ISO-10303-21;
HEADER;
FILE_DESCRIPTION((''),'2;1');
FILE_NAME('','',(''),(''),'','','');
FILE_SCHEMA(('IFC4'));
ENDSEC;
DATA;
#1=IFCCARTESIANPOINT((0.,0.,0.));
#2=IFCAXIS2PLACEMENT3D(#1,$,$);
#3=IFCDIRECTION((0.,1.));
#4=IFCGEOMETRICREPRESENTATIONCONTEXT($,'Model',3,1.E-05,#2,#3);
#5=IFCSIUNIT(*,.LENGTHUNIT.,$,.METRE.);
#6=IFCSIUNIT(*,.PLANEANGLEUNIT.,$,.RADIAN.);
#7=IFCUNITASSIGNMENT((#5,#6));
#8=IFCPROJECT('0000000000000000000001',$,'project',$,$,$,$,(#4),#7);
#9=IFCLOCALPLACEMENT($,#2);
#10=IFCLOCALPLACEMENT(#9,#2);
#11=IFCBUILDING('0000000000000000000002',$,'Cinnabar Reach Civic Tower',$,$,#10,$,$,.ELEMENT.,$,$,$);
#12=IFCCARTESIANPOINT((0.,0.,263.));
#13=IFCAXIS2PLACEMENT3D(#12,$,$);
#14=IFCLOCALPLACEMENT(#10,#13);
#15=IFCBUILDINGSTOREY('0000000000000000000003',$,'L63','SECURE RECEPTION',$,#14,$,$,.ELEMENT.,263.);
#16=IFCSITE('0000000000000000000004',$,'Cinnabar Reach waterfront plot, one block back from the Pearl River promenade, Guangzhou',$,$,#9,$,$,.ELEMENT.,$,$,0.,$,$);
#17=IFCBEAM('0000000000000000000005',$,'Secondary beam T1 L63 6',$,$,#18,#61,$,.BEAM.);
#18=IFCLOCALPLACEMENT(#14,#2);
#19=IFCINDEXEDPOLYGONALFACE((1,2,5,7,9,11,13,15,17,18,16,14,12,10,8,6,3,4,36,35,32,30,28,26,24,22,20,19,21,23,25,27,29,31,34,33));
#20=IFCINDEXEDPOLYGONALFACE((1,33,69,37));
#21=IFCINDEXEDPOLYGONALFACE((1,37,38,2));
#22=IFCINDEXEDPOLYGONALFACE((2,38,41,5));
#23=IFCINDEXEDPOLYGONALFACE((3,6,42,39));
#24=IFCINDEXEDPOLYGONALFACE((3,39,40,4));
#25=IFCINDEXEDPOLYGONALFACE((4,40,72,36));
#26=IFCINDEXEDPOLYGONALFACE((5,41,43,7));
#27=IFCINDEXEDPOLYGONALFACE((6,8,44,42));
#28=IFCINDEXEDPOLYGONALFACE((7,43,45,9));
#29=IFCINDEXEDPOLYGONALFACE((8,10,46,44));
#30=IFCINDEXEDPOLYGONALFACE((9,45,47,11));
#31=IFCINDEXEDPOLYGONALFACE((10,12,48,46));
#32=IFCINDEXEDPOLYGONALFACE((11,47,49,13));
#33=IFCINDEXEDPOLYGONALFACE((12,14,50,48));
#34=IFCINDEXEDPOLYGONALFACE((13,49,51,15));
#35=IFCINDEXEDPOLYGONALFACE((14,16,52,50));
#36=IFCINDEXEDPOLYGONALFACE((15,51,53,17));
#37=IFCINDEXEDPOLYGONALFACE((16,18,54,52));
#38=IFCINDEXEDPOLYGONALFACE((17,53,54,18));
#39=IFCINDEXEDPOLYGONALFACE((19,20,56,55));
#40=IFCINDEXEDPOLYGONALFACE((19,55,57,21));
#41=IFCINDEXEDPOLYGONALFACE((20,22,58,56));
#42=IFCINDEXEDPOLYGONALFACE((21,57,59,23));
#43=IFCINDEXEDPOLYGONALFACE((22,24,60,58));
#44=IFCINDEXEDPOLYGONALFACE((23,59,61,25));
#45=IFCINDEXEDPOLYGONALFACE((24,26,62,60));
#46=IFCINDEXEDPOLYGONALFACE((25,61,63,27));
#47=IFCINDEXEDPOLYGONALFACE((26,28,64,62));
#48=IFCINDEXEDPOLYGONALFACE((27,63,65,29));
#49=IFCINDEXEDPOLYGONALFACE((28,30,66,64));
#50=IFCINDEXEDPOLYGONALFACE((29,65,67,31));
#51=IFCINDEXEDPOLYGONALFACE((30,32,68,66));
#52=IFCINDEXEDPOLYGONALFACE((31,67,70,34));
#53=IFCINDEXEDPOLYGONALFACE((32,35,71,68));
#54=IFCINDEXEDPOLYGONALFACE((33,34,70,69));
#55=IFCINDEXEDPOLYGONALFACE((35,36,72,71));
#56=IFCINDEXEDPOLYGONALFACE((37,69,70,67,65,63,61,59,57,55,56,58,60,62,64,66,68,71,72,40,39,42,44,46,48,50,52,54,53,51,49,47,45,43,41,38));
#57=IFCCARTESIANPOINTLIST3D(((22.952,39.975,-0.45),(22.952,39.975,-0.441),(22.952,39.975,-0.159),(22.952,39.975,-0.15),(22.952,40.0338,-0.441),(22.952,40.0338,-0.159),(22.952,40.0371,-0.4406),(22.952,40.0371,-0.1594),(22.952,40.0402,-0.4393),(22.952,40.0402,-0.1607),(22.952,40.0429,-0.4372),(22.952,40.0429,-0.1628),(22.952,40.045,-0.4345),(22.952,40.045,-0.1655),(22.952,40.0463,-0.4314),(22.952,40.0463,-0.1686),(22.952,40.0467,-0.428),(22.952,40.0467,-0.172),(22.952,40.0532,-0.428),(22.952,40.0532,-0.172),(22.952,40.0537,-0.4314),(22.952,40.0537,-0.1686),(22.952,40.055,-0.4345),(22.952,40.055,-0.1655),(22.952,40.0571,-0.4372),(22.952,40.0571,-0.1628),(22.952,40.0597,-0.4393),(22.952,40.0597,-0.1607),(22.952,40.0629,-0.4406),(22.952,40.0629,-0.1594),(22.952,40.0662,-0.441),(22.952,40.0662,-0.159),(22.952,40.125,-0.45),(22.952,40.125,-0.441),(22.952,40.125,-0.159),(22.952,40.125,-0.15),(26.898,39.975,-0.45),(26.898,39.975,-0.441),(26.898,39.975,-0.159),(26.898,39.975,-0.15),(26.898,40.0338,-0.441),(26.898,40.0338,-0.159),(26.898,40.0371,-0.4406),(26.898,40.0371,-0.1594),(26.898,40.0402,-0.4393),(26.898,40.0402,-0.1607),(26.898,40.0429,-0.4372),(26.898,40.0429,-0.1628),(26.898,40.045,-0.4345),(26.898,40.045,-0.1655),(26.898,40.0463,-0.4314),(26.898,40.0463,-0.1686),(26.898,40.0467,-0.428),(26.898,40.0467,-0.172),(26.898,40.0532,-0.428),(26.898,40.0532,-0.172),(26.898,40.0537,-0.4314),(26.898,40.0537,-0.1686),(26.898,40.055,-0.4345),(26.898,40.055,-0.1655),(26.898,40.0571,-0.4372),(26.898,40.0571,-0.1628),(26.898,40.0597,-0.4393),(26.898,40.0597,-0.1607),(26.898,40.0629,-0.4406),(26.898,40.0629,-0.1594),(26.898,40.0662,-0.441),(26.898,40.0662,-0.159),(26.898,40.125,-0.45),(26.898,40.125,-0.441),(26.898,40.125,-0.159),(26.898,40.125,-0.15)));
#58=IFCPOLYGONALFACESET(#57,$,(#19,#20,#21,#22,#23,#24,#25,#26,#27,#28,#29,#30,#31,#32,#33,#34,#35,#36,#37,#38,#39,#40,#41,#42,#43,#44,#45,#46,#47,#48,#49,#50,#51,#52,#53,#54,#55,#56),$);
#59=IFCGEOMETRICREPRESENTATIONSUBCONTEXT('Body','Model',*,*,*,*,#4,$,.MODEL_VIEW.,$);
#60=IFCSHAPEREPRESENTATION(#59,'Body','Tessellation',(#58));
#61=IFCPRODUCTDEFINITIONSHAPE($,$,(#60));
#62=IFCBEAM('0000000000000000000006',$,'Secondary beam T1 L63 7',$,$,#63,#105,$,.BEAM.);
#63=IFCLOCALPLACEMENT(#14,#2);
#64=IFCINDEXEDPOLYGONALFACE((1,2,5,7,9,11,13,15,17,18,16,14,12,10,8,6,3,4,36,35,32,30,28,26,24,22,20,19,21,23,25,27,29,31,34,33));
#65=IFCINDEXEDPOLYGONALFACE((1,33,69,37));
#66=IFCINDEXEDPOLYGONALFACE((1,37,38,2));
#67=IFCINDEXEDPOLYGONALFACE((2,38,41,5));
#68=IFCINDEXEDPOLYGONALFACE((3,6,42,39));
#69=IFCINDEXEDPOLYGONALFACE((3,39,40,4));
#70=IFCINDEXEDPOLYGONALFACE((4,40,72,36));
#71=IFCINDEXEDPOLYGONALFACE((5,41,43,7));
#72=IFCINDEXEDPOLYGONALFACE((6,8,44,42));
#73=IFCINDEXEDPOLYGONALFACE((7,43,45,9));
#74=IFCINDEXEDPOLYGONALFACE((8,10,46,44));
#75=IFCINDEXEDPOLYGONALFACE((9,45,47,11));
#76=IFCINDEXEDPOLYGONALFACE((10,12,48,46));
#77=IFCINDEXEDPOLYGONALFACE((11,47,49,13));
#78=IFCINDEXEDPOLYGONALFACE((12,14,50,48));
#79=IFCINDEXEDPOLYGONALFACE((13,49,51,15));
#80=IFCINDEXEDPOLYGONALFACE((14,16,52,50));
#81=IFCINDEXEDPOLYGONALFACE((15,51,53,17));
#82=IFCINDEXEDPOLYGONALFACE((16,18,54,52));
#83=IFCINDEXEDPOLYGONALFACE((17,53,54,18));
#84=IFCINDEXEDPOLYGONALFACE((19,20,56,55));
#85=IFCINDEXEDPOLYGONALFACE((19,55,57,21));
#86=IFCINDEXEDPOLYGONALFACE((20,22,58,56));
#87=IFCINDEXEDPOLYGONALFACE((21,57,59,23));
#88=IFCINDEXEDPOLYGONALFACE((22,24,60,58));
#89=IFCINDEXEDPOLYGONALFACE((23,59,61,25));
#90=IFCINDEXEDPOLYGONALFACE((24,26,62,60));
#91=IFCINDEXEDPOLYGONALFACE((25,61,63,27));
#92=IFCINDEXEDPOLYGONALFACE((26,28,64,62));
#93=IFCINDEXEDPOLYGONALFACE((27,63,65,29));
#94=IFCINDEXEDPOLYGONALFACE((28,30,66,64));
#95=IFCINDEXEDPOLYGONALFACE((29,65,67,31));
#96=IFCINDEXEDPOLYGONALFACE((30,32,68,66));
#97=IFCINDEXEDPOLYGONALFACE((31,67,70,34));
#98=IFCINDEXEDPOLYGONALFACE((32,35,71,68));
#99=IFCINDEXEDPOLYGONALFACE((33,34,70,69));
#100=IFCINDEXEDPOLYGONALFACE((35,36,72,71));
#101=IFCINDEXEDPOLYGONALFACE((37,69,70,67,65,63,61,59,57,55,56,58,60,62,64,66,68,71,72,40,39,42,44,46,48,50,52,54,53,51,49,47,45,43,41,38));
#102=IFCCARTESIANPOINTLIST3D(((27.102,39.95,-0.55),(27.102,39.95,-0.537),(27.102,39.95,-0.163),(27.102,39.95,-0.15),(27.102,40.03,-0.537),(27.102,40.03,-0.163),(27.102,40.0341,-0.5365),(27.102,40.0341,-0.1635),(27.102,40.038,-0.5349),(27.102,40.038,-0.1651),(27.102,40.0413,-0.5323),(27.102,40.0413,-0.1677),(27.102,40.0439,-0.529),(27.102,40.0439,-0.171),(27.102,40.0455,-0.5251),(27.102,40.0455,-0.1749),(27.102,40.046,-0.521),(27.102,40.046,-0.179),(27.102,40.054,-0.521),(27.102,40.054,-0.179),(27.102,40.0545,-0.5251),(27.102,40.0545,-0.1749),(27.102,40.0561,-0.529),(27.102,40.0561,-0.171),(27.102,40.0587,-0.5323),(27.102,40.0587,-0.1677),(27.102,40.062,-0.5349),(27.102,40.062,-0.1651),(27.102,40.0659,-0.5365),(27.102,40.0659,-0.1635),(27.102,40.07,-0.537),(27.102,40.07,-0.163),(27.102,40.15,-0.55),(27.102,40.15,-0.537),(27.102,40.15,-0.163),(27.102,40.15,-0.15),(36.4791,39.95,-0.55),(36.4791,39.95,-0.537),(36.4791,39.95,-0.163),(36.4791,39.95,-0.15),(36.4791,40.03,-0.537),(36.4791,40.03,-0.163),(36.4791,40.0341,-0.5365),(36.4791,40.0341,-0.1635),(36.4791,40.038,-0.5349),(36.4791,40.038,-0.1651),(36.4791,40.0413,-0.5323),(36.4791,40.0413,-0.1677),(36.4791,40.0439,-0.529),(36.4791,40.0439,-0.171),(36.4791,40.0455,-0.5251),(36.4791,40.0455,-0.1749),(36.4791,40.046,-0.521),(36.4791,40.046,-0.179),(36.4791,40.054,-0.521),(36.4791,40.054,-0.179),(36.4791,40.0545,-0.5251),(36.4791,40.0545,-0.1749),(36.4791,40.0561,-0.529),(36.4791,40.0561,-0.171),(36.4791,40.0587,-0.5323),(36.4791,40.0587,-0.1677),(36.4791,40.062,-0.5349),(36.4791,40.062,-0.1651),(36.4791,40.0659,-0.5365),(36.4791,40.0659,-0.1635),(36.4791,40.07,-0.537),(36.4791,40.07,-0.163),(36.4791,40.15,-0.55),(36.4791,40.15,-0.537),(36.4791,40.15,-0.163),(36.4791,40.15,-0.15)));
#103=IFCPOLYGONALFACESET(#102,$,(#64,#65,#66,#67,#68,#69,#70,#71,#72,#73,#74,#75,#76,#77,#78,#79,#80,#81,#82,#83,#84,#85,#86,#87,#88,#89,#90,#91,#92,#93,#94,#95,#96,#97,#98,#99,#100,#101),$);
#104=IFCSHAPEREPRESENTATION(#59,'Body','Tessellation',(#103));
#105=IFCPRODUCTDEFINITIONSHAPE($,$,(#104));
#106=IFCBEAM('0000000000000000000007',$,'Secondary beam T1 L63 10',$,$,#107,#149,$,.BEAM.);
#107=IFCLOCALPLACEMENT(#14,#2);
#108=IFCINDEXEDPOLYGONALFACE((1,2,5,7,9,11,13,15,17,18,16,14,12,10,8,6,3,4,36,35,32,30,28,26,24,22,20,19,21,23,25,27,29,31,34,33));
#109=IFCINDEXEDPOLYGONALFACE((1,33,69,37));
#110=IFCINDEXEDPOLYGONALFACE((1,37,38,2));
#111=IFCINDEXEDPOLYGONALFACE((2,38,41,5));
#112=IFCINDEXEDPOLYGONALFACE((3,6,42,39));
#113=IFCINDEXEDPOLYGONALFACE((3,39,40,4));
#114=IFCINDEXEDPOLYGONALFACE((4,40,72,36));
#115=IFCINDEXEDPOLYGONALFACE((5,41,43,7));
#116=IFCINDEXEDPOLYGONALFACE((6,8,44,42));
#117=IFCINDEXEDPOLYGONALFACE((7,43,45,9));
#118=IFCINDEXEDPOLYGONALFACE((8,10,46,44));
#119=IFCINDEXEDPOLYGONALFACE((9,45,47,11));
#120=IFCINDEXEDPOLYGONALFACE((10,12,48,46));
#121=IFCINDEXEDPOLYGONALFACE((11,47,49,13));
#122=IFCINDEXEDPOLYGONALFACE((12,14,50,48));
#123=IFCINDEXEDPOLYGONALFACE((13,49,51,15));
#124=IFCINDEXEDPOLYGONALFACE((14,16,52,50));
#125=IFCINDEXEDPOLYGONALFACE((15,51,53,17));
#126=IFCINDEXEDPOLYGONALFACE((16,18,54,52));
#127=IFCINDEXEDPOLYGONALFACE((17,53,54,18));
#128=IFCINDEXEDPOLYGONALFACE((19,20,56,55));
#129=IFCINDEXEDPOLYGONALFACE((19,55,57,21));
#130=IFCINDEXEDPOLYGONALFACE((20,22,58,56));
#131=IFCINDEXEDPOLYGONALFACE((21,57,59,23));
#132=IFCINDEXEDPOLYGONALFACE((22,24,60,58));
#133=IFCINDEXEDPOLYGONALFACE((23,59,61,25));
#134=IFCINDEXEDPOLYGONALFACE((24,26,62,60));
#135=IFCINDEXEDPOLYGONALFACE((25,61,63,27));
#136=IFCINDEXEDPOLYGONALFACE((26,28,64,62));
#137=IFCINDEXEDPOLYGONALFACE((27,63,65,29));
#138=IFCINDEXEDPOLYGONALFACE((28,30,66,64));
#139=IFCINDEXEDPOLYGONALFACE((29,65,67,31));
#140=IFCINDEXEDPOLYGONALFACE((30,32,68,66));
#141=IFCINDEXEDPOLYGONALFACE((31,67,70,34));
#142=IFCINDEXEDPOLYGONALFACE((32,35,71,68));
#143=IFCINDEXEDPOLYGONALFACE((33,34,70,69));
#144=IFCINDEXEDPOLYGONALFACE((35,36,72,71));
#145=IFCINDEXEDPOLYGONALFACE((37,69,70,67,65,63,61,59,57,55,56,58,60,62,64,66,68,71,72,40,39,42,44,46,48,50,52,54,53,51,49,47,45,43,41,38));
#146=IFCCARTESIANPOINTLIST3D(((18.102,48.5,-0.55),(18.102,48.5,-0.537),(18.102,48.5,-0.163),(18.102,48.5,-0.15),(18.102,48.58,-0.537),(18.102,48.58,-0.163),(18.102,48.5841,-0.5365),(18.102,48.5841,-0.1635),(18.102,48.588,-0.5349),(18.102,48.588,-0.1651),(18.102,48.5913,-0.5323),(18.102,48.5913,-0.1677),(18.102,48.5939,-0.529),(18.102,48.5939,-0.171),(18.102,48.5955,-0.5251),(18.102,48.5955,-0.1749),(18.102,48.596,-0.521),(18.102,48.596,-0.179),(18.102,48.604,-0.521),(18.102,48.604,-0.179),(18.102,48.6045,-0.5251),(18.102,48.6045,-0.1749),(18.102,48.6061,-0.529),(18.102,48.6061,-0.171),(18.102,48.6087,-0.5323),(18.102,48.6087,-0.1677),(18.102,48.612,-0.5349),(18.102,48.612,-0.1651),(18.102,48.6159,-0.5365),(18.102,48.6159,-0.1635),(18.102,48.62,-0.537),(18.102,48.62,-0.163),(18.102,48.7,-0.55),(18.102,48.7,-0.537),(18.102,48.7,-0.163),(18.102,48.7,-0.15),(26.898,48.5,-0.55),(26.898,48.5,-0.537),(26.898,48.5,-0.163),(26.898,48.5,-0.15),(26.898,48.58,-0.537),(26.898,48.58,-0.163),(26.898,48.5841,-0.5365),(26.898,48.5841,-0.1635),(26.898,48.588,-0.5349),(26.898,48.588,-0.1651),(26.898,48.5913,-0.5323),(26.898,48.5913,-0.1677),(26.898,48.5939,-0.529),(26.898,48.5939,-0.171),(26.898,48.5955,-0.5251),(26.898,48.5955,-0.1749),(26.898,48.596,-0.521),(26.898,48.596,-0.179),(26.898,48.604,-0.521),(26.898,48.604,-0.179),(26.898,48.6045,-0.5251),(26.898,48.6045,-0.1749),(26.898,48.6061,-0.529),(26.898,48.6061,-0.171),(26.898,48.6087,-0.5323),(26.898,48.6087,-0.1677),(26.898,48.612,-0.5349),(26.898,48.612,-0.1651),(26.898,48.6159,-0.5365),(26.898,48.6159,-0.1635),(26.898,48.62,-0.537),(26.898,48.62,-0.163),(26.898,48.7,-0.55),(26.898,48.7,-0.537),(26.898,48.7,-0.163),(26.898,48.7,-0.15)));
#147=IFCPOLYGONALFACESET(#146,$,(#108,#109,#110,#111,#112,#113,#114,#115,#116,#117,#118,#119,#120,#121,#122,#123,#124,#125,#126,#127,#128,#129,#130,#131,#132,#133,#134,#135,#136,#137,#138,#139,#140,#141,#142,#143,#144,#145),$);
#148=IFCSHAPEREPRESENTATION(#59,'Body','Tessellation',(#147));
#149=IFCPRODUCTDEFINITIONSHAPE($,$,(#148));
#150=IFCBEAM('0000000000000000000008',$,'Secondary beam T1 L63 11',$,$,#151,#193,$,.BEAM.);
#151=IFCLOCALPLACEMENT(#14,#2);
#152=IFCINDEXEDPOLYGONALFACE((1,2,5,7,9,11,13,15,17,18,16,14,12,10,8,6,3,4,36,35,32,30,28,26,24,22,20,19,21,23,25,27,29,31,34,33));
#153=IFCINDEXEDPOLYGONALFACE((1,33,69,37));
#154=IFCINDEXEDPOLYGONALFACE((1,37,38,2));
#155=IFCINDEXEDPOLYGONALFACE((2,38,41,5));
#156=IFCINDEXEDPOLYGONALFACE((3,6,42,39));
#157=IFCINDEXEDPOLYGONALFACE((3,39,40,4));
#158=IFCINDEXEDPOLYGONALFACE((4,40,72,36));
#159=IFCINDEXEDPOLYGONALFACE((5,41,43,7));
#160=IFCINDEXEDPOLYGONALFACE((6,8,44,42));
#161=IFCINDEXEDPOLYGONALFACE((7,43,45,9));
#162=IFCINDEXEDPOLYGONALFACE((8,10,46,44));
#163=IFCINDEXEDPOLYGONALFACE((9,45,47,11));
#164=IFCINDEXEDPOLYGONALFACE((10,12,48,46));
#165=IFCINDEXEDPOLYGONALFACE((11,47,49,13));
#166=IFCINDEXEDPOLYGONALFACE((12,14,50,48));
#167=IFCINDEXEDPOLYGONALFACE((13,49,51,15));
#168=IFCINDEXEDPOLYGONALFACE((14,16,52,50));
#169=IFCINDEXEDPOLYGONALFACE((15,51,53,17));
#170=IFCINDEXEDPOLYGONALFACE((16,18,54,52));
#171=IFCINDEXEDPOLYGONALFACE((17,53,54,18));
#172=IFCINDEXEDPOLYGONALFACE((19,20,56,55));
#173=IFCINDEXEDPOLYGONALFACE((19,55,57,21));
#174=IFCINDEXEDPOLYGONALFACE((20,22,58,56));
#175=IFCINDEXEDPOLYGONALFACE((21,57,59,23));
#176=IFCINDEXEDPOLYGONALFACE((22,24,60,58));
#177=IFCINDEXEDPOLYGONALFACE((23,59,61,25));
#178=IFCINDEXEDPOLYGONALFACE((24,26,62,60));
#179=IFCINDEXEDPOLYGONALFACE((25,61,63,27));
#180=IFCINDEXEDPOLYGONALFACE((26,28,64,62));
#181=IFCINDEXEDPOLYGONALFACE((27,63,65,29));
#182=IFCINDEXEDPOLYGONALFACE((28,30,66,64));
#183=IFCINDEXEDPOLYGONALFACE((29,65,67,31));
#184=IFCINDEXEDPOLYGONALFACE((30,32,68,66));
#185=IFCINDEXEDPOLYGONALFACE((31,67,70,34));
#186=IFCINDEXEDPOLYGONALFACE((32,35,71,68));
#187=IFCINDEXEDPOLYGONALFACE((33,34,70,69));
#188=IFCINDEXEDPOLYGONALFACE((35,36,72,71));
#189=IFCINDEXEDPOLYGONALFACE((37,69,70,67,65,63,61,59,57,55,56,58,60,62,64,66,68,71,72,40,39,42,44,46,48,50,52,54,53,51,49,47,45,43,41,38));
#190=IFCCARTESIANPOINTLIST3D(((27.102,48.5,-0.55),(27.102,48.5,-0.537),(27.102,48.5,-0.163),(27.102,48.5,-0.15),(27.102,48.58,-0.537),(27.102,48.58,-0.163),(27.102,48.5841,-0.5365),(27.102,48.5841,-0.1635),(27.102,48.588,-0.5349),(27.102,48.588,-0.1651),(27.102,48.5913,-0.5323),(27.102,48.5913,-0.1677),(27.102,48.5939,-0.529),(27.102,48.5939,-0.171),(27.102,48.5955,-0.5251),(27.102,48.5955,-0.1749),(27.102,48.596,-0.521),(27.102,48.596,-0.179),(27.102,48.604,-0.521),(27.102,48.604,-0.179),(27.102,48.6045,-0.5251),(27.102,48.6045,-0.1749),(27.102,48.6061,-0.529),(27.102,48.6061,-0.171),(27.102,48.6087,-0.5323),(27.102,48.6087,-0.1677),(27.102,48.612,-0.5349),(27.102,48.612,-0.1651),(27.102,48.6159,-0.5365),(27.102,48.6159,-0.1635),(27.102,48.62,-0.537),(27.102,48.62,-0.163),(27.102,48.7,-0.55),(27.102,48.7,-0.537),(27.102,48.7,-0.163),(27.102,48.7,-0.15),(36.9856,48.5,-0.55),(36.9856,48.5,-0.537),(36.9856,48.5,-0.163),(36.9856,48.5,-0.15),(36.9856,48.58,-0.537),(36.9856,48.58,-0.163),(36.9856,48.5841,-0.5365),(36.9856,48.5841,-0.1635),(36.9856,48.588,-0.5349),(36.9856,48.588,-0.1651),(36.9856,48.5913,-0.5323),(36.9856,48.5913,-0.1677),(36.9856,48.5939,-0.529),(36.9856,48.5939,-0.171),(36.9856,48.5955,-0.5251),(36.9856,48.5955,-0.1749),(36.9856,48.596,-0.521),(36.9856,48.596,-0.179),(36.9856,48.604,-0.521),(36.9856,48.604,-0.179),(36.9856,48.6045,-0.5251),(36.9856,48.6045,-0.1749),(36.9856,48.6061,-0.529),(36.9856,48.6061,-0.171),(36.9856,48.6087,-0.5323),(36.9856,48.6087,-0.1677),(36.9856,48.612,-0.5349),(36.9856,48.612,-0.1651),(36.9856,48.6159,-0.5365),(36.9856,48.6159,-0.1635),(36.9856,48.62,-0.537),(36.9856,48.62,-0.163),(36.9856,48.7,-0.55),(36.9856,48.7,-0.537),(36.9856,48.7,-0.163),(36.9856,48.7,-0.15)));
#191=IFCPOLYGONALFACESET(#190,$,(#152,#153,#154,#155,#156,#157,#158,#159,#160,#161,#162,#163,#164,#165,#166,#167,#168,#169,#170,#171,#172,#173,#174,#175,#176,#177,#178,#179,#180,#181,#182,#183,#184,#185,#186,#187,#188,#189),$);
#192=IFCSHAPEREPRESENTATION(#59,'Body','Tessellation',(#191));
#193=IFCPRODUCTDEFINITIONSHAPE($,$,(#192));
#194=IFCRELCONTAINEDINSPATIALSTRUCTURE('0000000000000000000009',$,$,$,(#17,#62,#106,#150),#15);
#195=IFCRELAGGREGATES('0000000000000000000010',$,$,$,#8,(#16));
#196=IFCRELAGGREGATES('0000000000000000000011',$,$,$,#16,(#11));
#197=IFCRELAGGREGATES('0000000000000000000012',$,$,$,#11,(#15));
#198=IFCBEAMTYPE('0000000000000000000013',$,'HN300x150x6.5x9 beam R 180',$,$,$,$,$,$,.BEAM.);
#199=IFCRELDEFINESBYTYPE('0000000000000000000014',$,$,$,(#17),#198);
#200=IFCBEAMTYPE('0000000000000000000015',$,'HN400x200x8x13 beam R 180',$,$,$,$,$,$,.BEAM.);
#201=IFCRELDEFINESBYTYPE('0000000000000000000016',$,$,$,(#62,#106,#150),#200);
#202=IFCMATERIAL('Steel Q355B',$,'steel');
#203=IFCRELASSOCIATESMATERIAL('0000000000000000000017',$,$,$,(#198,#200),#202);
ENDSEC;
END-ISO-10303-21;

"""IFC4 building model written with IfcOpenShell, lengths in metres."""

from ifc_helpers import new_model, si_unit, direction, frame, origin, origin_2d, place, context, subcontext, project, spatial, i_section, extrude, material, material_profile, profile_set, type_object, element, save


model = new_model("IFC4")

# Units and contexts
model_context = context("Model", 3, precision=1e-05, world=origin(), true_north=direction((0.0, 1.0)))
body_context = subcontext(model_context, "Body", "Model", "MODEL_VIEW")
ifc_project = project(units=[si_unit("LENGTHUNIT", "METRE"), si_unit("PLANEANGLEUNIT", "RADIAN")], contexts=[model_context])

# Site, building, storey
site_placement = place(None, origin())
site = spatial("IfcSite", under=ifc_project, at=site_placement, Name="Cinnabar Reach waterfront plot, one block back from the Pearl River promenade, Guangzhou", CompositionType="ELEMENT", RefElevation=0.0)
building_placement = place(site_placement, origin())
building = spatial("IfcBuilding", under=site, at=building_placement, Name="Cinnabar Reach Civic Tower", CompositionType="ELEMENT")
storey_placement = place(building_placement, frame((0.0, 0.0, 263.0)))
storey = spatial("IfcBuildingStorey", under=building, at=storey_placement, Name="L63", Description="SECURE RECEPTION", CompositionType="ELEMENT", Elevation=263.0)

# Beams
ifc_material_1 = material(Name="Steel Q355B", Category="steel")
ifc_material_profile_1 = material_profile(ifc_material_1, i_section(OverallWidth=0.15, OverallDepth=0.3, WebThickness=0.0065, FlangeThickness=0.009, FilletRadius=0.013, at=origin_2d()), Name="HN300x150x6.5x9")
ifc_profile_set_1 = profile_set([ifc_material_profile_1], Name="Steel Q355B")
beam_type_1 = type_object("IfcBeamType", Name="HN300x150x6.5x9 beam R 180", PredefinedType="BEAM", material=ifc_profile_set_1)
beam_1_placement = place(storey_placement, frame((22.952, 40.05, -0.3), z_axis=(1.0, 0.0, 0.0), x_axis=(0.0, 1.0, 0.0)))
element("IfcBeam", 1, at=beam_1_placement, inside=storey, type_object=beam_type_1, Name="Secondary beam T1 L63 6", PredefinedType="BEAM", context=body_context, shape_type="SweptSolid", body=[
    extrude(i_section(OverallWidth=0.15, OverallDepth=0.3, WebThickness=0.0065, FlangeThickness=0.009, FilletRadius=0.013, at=origin_2d()), origin(), (0.0, 0.0, 1.0), 3.946),
])
ifc_material_profile_2 = material_profile(ifc_material_1, i_section(OverallWidth=0.2, OverallDepth=0.4, WebThickness=0.008, FlangeThickness=0.013, FilletRadius=0.016, at=origin_2d()), Name="HN400x200x8x13")
ifc_profile_set_2 = profile_set([ifc_material_profile_2], Name="Steel Q355B")
beam_type_2 = type_object("IfcBeamType", Name="HN400x200x8x13 beam R 180", PredefinedType="BEAM", material=ifc_profile_set_2)
beam_2_placement = place(storey_placement, frame((27.102, 40.05, -0.35), z_axis=(1.0, 0.0, 0.0), x_axis=(0.0, 1.0, 0.0)))
element("IfcBeam", 2, at=beam_2_placement, inside=storey, type_object=beam_type_2, Name="Secondary beam T1 L63 7", PredefinedType="BEAM", context=body_context, shape_type="SweptSolid", body=[
    extrude(i_section(OverallWidth=0.2, OverallDepth=0.4, WebThickness=0.008, FlangeThickness=0.013, FilletRadius=0.016, at=origin_2d()), origin(), (0.0, 0.0, 1.0), 9.3771),
])
beam_3_placement = place(storey_placement, frame((18.102, 48.6, -0.35), z_axis=(1.0, 0.0, 0.0), x_axis=(0.0, 1.0, 0.0)))
element("IfcBeam", 3, at=beam_3_placement, inside=storey, type_object=beam_type_2, Name="Secondary beam T1 L63 10", PredefinedType="BEAM", context=body_context, shape_type="SweptSolid", body=[
    extrude(i_section(OverallWidth=0.2, OverallDepth=0.4, WebThickness=0.008, FlangeThickness=0.013, FilletRadius=0.016, at=origin_2d()), origin(), (0.0, 0.0, 1.0), 8.796),
])
beam_4_placement = place(storey_placement, frame((27.102, 48.6, -0.35), z_axis=(1.0, 0.0, 0.0), x_axis=(0.0, 1.0, 0.0)))
element("IfcBeam", 4, at=beam_4_placement, inside=storey, type_object=beam_type_2, Name="Secondary beam T1 L63 11", PredefinedType="BEAM", context=body_context, shape_type="SweptSolid", body=[
    extrude(i_section(OverallWidth=0.2, OverallDepth=0.4, WebThickness=0.008, FlangeThickness=0.013, FilletRadius=0.016, at=origin_2d()), origin(), (0.0, 0.0, 1.0), 9.8836),
])

save(model, "model.ifc")
